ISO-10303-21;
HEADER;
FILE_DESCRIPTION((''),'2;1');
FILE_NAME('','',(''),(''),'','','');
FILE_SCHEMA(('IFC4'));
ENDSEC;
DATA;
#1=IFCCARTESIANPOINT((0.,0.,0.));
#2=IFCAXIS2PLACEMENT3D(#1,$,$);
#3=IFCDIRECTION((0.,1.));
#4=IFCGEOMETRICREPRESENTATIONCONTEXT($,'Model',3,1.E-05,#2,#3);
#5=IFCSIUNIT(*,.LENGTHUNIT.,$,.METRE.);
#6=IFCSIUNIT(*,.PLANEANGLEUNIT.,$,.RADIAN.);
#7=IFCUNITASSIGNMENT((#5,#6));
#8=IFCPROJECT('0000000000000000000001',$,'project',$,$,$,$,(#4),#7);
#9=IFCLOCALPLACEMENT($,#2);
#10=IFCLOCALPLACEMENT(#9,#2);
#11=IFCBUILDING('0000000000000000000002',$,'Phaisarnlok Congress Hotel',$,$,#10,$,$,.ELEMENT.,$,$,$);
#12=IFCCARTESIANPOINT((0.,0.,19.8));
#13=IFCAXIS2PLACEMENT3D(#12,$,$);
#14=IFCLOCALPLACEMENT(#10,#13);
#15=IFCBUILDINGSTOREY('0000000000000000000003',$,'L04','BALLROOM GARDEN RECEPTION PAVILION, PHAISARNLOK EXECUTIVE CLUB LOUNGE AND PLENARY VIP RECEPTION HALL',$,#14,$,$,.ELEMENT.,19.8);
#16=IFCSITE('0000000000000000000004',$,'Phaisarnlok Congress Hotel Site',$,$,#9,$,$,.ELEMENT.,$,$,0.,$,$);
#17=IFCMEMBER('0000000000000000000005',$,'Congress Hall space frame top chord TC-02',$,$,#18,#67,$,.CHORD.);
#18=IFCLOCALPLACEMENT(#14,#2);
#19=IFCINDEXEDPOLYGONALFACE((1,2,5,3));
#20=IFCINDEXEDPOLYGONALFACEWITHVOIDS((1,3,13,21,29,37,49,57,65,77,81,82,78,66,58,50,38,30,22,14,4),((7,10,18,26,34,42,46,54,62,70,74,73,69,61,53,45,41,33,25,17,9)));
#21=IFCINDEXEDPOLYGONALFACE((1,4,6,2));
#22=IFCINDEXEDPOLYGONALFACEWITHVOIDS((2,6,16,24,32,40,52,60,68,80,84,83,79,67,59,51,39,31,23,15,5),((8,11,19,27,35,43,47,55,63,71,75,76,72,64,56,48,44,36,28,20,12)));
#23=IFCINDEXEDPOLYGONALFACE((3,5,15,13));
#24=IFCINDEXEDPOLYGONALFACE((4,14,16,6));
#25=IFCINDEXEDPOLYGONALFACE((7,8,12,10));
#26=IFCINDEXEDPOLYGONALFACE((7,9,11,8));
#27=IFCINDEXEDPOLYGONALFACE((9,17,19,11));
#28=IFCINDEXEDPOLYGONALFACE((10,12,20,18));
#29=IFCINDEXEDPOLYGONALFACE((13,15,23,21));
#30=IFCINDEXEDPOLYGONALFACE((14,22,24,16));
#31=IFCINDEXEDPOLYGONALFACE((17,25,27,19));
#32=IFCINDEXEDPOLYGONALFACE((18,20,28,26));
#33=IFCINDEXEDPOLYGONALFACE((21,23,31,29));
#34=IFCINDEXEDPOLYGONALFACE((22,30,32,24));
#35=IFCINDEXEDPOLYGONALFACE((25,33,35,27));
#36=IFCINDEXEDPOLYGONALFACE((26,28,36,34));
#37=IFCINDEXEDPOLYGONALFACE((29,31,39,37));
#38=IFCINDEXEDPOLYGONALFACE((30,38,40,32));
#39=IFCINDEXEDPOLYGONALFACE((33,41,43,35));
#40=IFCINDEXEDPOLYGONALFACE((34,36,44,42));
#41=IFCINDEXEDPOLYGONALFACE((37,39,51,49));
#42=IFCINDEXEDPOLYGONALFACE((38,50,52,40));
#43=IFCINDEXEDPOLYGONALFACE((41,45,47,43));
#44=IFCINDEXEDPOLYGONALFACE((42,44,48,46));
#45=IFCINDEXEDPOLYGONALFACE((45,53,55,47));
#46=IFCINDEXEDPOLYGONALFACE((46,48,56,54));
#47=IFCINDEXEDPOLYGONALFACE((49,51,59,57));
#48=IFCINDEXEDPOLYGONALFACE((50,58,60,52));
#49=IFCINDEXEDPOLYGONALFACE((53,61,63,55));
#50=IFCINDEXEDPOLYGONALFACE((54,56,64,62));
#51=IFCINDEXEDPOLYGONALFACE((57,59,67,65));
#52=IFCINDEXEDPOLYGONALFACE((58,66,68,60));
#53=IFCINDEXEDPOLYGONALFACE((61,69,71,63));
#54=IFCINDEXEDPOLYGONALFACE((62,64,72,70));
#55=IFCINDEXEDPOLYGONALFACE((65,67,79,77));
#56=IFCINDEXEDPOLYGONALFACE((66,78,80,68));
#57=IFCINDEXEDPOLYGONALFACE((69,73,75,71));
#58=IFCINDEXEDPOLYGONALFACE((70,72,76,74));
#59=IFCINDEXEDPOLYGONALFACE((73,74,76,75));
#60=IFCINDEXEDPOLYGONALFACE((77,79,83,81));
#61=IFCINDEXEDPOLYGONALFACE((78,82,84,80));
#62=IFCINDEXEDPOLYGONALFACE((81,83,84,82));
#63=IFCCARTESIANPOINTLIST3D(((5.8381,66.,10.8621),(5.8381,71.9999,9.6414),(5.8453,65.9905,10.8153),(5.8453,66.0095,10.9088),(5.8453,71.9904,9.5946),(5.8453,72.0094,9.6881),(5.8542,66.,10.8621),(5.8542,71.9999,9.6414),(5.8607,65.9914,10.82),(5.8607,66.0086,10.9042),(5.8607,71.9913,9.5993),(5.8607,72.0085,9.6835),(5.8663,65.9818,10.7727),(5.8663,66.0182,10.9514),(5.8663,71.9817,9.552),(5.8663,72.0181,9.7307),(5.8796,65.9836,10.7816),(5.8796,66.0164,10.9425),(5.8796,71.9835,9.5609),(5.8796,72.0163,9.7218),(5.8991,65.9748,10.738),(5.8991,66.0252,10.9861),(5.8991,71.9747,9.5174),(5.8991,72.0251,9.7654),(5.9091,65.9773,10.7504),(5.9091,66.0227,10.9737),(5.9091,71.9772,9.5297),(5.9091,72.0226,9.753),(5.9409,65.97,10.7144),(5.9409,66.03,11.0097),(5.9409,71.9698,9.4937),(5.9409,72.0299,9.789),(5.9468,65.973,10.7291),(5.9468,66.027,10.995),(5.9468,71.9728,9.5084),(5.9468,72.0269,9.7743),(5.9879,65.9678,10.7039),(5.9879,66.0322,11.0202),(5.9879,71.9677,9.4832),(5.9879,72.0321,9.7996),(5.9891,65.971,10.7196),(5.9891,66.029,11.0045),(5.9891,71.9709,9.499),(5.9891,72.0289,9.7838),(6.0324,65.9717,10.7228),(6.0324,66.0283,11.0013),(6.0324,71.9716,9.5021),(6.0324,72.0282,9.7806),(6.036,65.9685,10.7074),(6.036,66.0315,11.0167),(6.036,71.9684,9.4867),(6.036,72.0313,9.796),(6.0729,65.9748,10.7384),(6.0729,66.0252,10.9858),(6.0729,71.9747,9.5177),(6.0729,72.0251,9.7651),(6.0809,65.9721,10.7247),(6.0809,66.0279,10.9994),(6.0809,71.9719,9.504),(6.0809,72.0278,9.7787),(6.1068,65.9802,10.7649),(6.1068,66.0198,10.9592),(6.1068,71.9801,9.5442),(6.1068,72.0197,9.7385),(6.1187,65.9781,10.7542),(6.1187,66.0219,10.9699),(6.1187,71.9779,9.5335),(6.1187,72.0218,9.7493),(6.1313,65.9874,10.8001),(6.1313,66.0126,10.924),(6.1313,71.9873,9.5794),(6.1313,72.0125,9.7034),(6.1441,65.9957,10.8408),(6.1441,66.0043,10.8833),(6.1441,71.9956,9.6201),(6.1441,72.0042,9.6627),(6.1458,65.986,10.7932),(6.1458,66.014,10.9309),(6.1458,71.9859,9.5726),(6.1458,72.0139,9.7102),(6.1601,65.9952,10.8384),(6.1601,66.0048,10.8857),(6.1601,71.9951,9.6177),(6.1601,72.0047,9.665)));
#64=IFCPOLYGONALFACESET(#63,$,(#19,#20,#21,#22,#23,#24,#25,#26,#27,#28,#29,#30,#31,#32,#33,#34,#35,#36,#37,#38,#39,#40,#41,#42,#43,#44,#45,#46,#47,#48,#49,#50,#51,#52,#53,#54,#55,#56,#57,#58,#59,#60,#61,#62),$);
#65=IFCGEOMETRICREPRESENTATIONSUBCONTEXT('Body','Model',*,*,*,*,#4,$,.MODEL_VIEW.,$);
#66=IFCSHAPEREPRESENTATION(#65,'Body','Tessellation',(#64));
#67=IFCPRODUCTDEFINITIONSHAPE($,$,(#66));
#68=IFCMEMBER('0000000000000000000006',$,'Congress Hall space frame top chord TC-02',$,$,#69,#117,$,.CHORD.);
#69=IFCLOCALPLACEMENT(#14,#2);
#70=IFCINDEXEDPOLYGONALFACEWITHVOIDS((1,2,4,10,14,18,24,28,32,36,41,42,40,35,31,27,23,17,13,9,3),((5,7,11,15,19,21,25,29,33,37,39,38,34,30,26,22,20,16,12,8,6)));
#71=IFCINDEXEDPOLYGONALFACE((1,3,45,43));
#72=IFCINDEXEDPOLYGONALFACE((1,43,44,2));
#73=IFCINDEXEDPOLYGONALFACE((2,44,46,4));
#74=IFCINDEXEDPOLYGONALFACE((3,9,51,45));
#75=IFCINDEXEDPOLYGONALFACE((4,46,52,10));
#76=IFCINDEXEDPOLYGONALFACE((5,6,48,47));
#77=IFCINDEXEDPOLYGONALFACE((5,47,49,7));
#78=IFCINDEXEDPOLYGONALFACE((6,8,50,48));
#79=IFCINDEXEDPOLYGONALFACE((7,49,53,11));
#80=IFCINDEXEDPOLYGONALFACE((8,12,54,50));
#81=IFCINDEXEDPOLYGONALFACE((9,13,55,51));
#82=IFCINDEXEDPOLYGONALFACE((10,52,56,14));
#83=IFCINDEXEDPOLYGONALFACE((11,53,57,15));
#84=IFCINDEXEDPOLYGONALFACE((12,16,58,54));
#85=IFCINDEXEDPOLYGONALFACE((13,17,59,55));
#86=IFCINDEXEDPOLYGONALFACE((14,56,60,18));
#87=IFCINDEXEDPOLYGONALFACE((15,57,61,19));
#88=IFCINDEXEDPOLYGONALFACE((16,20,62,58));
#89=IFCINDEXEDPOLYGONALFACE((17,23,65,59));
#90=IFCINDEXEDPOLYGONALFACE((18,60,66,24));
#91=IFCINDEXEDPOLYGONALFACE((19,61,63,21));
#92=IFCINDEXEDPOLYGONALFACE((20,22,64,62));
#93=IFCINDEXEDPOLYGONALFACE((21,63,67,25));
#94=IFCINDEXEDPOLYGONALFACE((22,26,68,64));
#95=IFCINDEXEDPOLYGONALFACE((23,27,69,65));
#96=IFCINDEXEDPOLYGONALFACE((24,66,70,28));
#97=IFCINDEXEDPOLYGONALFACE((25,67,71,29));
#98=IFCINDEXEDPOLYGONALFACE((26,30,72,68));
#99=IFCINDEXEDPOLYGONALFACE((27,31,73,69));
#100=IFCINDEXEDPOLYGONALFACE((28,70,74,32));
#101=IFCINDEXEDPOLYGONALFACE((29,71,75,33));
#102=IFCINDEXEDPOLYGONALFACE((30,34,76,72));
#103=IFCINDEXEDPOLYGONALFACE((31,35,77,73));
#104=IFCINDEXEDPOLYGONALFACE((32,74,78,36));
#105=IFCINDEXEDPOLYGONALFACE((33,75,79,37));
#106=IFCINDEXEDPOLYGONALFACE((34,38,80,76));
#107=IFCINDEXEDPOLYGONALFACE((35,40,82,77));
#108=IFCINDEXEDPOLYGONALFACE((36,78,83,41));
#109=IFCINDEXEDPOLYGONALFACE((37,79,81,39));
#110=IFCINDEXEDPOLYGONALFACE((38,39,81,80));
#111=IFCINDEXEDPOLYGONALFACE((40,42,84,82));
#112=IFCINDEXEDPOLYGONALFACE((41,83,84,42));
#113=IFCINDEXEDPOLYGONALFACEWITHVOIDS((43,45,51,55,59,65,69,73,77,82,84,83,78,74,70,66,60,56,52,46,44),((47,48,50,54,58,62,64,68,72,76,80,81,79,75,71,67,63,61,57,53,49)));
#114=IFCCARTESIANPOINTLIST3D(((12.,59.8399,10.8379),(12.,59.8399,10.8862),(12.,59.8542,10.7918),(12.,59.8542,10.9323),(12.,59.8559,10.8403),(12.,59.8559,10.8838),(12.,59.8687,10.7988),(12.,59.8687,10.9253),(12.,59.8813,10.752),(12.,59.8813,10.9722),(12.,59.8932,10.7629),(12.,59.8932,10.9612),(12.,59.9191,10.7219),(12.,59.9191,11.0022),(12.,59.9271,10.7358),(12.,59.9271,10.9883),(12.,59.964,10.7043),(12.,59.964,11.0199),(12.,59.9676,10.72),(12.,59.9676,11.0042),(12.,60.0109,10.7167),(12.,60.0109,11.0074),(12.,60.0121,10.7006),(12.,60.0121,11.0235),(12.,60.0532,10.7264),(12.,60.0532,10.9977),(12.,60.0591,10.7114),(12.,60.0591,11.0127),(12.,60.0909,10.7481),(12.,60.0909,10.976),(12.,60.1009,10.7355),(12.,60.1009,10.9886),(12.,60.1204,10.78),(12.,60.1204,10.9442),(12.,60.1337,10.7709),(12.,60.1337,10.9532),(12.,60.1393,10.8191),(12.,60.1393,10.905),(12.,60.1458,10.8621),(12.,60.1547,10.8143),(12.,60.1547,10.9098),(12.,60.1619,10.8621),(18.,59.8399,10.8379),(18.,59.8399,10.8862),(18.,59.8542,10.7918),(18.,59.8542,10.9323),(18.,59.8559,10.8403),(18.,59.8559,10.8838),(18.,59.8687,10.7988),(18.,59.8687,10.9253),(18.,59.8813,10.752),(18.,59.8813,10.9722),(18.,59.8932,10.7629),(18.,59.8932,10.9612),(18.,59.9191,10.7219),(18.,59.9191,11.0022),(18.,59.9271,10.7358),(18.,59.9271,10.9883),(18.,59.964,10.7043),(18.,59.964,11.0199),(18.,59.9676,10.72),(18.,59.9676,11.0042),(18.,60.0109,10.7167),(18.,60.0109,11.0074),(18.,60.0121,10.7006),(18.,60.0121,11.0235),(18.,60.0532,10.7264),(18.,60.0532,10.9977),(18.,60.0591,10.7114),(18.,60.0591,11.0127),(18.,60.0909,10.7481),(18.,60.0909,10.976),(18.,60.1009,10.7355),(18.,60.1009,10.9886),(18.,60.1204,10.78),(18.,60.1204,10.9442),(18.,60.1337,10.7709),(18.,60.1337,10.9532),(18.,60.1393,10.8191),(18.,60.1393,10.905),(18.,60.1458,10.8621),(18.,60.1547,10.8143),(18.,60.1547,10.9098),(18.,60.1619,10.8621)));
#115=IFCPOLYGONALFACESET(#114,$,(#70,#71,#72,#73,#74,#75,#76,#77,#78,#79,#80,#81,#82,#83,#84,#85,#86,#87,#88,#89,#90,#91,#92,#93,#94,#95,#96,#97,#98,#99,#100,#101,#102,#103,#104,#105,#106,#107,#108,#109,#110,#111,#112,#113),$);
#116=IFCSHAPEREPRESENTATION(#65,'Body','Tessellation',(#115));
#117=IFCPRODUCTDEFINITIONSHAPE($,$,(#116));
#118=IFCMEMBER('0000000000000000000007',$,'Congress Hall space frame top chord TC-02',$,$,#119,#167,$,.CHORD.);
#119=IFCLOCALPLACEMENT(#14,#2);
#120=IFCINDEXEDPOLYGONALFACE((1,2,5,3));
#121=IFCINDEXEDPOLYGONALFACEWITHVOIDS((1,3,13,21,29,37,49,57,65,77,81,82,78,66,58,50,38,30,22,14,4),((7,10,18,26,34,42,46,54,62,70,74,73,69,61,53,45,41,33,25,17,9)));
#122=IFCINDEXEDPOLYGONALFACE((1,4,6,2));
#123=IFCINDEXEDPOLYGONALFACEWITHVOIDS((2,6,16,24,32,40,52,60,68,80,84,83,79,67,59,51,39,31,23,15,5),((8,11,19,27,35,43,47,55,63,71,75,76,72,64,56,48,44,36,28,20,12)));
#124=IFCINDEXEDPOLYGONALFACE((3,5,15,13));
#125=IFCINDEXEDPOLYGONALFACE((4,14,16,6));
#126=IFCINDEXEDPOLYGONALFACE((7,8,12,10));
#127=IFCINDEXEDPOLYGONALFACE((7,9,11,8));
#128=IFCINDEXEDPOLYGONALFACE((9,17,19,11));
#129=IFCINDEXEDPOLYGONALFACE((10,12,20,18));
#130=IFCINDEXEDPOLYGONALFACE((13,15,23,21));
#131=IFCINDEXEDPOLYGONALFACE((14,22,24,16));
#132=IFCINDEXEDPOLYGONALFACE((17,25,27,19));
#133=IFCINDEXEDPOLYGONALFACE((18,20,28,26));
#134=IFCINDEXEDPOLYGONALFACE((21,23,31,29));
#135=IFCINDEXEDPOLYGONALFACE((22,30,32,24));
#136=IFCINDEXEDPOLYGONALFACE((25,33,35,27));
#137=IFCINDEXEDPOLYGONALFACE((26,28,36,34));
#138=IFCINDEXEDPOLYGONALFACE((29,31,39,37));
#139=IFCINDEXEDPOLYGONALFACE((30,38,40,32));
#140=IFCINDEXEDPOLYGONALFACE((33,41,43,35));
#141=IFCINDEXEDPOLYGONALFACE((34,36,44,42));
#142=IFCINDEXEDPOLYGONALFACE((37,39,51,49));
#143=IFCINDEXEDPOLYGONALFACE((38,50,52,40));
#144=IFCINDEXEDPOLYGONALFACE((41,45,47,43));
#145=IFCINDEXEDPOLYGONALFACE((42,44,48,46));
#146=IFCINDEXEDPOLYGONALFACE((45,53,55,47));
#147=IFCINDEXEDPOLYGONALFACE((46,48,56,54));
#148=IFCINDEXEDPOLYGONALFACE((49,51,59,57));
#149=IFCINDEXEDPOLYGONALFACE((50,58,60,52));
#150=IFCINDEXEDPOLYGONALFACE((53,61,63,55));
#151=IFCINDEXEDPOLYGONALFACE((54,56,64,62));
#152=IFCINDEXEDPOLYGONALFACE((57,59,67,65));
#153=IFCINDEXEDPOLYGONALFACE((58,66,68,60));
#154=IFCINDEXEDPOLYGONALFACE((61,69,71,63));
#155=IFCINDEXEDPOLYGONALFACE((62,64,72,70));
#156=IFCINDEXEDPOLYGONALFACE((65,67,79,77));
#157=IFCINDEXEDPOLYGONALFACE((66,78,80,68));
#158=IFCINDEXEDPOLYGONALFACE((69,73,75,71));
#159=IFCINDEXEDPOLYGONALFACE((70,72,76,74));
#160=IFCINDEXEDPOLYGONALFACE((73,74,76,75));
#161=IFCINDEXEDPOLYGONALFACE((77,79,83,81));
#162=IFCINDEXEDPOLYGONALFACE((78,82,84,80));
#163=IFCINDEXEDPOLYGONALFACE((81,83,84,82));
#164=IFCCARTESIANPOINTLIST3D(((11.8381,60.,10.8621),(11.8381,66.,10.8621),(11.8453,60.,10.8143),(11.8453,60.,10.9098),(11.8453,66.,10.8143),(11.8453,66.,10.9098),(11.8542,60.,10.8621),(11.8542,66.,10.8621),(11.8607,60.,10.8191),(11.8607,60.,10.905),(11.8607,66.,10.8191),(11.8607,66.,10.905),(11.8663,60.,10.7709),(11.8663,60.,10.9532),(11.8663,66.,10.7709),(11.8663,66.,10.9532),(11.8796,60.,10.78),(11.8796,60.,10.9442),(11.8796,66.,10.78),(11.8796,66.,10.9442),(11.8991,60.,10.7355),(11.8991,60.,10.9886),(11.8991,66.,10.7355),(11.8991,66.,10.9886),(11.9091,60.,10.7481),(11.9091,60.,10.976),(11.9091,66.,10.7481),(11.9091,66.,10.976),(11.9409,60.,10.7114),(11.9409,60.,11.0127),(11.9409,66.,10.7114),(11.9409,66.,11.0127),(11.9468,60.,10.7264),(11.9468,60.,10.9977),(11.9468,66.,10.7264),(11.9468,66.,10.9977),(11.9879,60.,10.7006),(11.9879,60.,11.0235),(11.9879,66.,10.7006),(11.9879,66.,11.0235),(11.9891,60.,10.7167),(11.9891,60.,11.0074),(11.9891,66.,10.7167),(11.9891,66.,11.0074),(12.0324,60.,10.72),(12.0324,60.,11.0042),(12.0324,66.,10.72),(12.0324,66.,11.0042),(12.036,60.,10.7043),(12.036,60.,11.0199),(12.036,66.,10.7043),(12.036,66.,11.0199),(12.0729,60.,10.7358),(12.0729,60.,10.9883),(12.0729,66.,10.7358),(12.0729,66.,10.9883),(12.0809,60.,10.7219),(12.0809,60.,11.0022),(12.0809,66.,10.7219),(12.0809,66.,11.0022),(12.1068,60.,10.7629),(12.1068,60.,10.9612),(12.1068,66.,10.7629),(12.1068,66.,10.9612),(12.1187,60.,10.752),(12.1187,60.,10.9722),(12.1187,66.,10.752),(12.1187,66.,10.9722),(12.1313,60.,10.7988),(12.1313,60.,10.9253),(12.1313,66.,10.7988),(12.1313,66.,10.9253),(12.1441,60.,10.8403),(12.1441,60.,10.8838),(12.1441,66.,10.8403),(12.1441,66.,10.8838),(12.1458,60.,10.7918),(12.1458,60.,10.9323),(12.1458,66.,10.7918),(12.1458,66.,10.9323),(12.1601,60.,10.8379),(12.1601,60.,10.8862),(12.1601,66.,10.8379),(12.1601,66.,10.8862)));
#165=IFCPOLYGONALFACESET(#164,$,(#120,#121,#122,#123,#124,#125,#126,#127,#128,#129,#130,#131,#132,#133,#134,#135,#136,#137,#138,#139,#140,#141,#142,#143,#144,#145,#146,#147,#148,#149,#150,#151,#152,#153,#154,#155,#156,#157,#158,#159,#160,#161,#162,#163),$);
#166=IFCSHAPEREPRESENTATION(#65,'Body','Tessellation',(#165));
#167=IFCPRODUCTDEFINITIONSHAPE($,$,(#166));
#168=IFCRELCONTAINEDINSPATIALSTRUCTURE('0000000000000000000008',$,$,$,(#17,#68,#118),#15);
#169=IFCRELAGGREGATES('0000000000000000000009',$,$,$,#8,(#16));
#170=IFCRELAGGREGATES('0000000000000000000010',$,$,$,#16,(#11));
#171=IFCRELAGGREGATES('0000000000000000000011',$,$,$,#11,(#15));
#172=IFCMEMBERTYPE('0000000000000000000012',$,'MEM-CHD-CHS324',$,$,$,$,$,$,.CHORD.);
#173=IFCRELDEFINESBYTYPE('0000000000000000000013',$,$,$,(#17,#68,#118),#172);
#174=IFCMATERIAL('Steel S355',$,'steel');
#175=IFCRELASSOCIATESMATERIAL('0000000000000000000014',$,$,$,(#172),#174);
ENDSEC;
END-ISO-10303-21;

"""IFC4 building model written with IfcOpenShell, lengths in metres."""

from ifc_helpers import new_model, si_unit, direction, frame, origin, origin_2d, place, context, subcontext, project, spatial, hollow_circle, extrude, material, material_profile, profile_set, type_object, element, save


model = new_model("IFC4")

# Units and contexts
model_context = context("Model", 3, precision=1e-05, world=origin(), true_north=direction((0.0, 1.0)))
body_context = subcontext(model_context, "Body", "Model", "MODEL_VIEW")
ifc_project = project(units=[si_unit("LENGTHUNIT", "METRE"), si_unit("PLANEANGLEUNIT", "RADIAN")], contexts=[model_context])

# Site, building, storey
site_placement = place(None, origin())
site = spatial("IfcSite", under=ifc_project, at=site_placement, Name="Phaisarnlok Congress Hotel Site", CompositionType="ELEMENT", RefElevation=0.0)
building_placement = place(site_placement, origin())
building = spatial("IfcBuilding", under=site, at=building_placement, Name="Phaisarnlok Congress Hotel", CompositionType="ELEMENT")
storey_placement = place(building_placement, frame((0.0, 0.0, 19.8)))
storey = spatial("IfcBuildingStorey", under=building, at=storey_placement, Name="L04", Description="BALLROOM GARDEN RECEPTION PAVILION, PHAISARNLOK EXECUTIVE CLUB LOUNGE AND PLENARY VIP RECEPTION HALL", CompositionType="ELEMENT", Elevation=19.8)

# Members
ifc_material = material(Name="Steel S355", Category="steel")
ifc_material_profile_1 = material_profile(ifc_material, hollow_circle(Radius=0.1619, WallThickness=0.0161, at=origin_2d()), Name="CHS 323.9x16")
ifc_profile_set_1 = profile_set([ifc_material_profile_1], Name="Steel S355")
member_type_1 = type_object("IfcMemberType", Name="MEM-CHD-CHS324", PredefinedType="CHORD", material=ifc_profile_set_1)
member_1_placement = place(storey_placement, frame((6.0, 66.0, 10.8621), z_axis=(0.0, 0.979925, -0.199366), x_axis=(-1.0, 0.0, 0.0)))
element("IfcMember", 1, at=member_1_placement, inside=storey, type_object=member_type_1, Name="Congress Hall space frame top chord TC-02", PredefinedType="CHORD", context=body_context, shape_type="SweptSolid", body=[
    extrude(hollow_circle(Radius=0.1619, WallThickness=0.0161, at=origin_2d()), origin(), (0.0, 0.0, 1.0), 6.1228),
])
for number, where, z_axis, x_axis, name in (
    (2, (12.0, 60.0, 10.8621), (1.0, 0.0, 0.0), (0.0, 1.0, 0.0), "Congress Hall space frame top chord TC-02"),
    (3, (12.0, 60.0, 10.8621), (0.0, 1.0, 0.0), (-1.0, 0.0, 0.0), "Congress Hall space frame top chord TC-02"),
):
    element("IfcMember", number, at=place(storey_placement, frame(where, z_axis=z_axis, x_axis=x_axis)), inside=storey, type_object=member_type_1, Name=name, PredefinedType="CHORD", context=body_context, shape_type="SweptSolid", body=[
        extrude(hollow_circle(Radius=0.1619, WallThickness=0.0161, at=origin_2d()), origin(), (0.0, 0.0, 1.0), 6.0),
    ])

save(model, "model.ifc")
